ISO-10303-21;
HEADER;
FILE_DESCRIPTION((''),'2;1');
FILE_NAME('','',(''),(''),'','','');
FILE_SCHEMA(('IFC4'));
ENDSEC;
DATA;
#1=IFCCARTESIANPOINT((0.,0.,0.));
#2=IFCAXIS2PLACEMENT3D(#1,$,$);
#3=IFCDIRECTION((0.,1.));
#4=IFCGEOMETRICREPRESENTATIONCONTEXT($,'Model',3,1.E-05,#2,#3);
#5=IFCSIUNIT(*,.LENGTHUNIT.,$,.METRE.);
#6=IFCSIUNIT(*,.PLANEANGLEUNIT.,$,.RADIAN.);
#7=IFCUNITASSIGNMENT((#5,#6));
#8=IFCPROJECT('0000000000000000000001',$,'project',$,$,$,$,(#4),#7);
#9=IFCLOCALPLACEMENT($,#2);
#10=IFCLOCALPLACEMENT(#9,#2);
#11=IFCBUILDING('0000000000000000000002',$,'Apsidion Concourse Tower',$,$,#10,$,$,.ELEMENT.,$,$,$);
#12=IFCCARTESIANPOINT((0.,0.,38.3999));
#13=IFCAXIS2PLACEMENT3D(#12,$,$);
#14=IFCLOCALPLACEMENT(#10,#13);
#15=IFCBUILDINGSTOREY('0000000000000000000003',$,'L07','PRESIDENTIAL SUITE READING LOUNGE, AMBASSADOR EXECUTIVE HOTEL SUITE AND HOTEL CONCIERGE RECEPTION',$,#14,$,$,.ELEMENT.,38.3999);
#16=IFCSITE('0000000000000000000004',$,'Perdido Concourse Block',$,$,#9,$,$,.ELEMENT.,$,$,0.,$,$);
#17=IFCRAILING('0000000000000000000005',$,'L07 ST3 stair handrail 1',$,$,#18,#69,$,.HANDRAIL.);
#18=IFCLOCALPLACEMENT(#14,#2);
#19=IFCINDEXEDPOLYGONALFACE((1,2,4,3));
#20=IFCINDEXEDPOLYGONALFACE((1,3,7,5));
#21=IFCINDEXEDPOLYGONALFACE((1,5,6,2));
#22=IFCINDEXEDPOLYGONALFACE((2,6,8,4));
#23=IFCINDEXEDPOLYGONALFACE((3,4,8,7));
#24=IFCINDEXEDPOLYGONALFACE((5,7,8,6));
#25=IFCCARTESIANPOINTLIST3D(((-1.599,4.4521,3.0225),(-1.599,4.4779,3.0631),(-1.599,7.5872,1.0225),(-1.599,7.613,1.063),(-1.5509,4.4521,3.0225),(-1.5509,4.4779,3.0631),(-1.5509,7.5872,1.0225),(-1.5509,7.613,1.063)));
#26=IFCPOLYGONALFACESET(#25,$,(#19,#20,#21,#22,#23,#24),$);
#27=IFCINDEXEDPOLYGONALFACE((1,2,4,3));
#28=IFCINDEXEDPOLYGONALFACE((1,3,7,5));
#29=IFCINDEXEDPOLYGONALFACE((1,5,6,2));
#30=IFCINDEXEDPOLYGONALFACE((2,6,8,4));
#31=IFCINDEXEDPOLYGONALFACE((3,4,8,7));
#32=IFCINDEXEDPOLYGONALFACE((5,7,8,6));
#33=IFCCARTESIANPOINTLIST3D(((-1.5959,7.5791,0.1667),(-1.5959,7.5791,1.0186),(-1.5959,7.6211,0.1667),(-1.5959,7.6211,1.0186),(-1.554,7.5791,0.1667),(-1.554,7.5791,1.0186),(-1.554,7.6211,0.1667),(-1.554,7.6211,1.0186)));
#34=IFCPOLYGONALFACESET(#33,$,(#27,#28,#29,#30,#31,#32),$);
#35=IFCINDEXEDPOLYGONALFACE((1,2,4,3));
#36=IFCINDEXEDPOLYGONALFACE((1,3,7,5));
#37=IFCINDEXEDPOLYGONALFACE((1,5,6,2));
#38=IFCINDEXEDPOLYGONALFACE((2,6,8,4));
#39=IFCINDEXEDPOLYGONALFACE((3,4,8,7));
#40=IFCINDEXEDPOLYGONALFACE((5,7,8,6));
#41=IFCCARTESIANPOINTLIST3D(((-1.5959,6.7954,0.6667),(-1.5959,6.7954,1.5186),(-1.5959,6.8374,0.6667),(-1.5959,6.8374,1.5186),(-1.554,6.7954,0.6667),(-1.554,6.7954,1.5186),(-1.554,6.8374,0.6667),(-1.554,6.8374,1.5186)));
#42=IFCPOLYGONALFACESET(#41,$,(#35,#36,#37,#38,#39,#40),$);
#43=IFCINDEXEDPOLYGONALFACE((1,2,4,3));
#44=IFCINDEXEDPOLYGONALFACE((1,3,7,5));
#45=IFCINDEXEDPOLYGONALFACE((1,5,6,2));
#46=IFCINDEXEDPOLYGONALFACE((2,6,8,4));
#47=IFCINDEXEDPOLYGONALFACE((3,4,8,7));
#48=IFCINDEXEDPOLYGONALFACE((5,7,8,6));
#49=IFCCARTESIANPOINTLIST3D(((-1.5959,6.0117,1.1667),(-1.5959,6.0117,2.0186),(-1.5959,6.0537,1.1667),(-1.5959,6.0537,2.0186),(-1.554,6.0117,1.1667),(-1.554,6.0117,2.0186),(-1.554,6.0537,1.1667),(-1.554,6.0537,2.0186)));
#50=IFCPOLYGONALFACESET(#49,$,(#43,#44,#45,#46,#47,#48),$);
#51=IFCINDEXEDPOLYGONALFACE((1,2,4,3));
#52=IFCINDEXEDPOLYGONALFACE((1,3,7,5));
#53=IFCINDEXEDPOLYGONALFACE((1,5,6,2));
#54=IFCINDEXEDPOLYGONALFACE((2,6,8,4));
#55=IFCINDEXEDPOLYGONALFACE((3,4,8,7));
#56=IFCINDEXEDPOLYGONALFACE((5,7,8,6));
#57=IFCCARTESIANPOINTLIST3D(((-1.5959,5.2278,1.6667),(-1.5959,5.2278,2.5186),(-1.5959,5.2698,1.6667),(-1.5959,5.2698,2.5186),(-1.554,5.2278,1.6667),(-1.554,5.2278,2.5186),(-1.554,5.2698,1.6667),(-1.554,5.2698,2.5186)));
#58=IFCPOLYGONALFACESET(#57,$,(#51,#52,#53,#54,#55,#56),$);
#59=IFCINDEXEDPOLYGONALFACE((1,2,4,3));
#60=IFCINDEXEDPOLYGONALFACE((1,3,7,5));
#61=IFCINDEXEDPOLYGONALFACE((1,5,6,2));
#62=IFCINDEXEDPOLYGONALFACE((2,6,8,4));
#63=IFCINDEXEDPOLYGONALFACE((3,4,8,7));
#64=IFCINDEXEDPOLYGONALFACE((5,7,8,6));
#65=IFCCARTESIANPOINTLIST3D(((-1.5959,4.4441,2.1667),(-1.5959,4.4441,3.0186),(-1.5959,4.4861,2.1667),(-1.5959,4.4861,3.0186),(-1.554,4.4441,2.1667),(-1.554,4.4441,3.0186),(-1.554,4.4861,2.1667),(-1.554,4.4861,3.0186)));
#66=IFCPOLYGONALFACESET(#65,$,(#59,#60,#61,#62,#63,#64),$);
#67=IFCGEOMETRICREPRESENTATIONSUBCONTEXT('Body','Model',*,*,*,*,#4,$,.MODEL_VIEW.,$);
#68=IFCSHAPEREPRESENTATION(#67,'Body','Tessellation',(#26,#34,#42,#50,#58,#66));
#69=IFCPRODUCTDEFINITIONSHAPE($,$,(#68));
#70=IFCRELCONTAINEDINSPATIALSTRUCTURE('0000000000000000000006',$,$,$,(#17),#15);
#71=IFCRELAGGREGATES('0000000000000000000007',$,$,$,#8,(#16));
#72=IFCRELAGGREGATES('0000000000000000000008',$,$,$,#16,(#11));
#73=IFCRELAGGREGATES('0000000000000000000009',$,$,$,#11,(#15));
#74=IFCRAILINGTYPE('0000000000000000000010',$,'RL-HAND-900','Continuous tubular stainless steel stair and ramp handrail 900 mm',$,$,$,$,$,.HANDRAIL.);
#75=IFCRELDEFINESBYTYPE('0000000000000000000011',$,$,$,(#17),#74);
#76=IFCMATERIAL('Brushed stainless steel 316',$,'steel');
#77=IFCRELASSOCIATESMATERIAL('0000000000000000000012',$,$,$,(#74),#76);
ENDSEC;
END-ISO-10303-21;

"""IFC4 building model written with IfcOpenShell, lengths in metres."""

from ifc_helpers import new_model, si_unit, direction, frame, origin, origin_2d, place, context, subcontext, project, spatial, rectangle, extrude, material, type_object, element, save


model = new_model("IFC4")

# Units and contexts
model_context = context("Model", 3, precision=1e-05, world=origin(), true_north=direction((0.0, 1.0)))
body_context = subcontext(model_context, "Body", "Model", "MODEL_VIEW")
ifc_project = project(units=[si_unit("LENGTHUNIT", "METRE"), si_unit("PLANEANGLEUNIT", "RADIAN")], contexts=[model_context])

# Site, building, storey
site_placement = place(None, origin())
site = spatial("IfcSite", under=ifc_project, at=site_placement, Name="Perdido Concourse Block", CompositionType="ELEMENT", RefElevation=0.0)
building_placement = place(site_placement, origin())
building = spatial("IfcBuilding", under=site, at=building_placement, Name="Apsidion Concourse Tower", CompositionType="ELEMENT")
storey_placement = place(building_placement, frame((0.0, 0.0, 38.3999)))
storey = spatial("IfcBuildingStorey", under=building, at=storey_placement, Name="L07", Description="PRESIDENTIAL SUITE READING LOUNGE, AMBASSADOR EXECUTIVE HOTEL SUITE AND HOTEL CONCIERGE RECEPTION", CompositionType="ELEMENT", Elevation=38.3999)

# Shared definitions
ifc_material_1 = material(Name="Brushed stainless steel 316", Category="steel")

# Railing
railing_type_1 = type_object("IfcRailingType", Name="RL-HAND-900", Description="Continuous tubular stainless steel stair and ramp handrail 900 mm", PredefinedType="HANDRAIL", material=ifc_material_1)
railing_1_placement = place(storey_placement, frame((-1.575, 7.6001, 0.1667)))
element("IfcRailing", 1, at=railing_1_placement, inside=storey, type_object=railing_type_1, Name="L07 ST3 stair handrail 1", PredefinedType="HANDRAIL", context=body_context, shape_type="SweptSolid", body=[
    extrude(rectangle(XDim=0.0481, YDim=0.0481, at=origin_2d()), frame((0.0, 0.0, 0.876), z_axis=(0.0, -0.843053, 0.537831), x_axis=(1.0, 0.0, 0.0)), (0.0, 0.0, 1.0), 3.7188),
    extrude(rectangle(XDim=0.042, YDim=0.042, at=origin_2d()), origin(), (0.0, 0.0, 1.0), 0.8518),
    extrude(rectangle(XDim=0.042, YDim=0.042, at=origin_2d()), frame((0.0, -0.7837, 0.5)), (0.0, 0.0, 1.0), 0.8518),
    extrude(rectangle(XDim=0.042, YDim=0.042, at=origin_2d()), frame((0.0, -1.5674, 1.0)), (0.0, 0.0, 1.0), 0.8518),
    extrude(rectangle(XDim=0.042, YDim=0.042, at=origin_2d()), frame((0.0, -2.3513, 1.5)), (0.0, 0.0, 1.0), 0.8518),
    extrude(rectangle(XDim=0.042, YDim=0.042, at=origin_2d()), frame((0.0, -3.135, 2.0)), (0.0, 0.0, 1.0), 0.8518),
])

save(model, "model.ifc")
